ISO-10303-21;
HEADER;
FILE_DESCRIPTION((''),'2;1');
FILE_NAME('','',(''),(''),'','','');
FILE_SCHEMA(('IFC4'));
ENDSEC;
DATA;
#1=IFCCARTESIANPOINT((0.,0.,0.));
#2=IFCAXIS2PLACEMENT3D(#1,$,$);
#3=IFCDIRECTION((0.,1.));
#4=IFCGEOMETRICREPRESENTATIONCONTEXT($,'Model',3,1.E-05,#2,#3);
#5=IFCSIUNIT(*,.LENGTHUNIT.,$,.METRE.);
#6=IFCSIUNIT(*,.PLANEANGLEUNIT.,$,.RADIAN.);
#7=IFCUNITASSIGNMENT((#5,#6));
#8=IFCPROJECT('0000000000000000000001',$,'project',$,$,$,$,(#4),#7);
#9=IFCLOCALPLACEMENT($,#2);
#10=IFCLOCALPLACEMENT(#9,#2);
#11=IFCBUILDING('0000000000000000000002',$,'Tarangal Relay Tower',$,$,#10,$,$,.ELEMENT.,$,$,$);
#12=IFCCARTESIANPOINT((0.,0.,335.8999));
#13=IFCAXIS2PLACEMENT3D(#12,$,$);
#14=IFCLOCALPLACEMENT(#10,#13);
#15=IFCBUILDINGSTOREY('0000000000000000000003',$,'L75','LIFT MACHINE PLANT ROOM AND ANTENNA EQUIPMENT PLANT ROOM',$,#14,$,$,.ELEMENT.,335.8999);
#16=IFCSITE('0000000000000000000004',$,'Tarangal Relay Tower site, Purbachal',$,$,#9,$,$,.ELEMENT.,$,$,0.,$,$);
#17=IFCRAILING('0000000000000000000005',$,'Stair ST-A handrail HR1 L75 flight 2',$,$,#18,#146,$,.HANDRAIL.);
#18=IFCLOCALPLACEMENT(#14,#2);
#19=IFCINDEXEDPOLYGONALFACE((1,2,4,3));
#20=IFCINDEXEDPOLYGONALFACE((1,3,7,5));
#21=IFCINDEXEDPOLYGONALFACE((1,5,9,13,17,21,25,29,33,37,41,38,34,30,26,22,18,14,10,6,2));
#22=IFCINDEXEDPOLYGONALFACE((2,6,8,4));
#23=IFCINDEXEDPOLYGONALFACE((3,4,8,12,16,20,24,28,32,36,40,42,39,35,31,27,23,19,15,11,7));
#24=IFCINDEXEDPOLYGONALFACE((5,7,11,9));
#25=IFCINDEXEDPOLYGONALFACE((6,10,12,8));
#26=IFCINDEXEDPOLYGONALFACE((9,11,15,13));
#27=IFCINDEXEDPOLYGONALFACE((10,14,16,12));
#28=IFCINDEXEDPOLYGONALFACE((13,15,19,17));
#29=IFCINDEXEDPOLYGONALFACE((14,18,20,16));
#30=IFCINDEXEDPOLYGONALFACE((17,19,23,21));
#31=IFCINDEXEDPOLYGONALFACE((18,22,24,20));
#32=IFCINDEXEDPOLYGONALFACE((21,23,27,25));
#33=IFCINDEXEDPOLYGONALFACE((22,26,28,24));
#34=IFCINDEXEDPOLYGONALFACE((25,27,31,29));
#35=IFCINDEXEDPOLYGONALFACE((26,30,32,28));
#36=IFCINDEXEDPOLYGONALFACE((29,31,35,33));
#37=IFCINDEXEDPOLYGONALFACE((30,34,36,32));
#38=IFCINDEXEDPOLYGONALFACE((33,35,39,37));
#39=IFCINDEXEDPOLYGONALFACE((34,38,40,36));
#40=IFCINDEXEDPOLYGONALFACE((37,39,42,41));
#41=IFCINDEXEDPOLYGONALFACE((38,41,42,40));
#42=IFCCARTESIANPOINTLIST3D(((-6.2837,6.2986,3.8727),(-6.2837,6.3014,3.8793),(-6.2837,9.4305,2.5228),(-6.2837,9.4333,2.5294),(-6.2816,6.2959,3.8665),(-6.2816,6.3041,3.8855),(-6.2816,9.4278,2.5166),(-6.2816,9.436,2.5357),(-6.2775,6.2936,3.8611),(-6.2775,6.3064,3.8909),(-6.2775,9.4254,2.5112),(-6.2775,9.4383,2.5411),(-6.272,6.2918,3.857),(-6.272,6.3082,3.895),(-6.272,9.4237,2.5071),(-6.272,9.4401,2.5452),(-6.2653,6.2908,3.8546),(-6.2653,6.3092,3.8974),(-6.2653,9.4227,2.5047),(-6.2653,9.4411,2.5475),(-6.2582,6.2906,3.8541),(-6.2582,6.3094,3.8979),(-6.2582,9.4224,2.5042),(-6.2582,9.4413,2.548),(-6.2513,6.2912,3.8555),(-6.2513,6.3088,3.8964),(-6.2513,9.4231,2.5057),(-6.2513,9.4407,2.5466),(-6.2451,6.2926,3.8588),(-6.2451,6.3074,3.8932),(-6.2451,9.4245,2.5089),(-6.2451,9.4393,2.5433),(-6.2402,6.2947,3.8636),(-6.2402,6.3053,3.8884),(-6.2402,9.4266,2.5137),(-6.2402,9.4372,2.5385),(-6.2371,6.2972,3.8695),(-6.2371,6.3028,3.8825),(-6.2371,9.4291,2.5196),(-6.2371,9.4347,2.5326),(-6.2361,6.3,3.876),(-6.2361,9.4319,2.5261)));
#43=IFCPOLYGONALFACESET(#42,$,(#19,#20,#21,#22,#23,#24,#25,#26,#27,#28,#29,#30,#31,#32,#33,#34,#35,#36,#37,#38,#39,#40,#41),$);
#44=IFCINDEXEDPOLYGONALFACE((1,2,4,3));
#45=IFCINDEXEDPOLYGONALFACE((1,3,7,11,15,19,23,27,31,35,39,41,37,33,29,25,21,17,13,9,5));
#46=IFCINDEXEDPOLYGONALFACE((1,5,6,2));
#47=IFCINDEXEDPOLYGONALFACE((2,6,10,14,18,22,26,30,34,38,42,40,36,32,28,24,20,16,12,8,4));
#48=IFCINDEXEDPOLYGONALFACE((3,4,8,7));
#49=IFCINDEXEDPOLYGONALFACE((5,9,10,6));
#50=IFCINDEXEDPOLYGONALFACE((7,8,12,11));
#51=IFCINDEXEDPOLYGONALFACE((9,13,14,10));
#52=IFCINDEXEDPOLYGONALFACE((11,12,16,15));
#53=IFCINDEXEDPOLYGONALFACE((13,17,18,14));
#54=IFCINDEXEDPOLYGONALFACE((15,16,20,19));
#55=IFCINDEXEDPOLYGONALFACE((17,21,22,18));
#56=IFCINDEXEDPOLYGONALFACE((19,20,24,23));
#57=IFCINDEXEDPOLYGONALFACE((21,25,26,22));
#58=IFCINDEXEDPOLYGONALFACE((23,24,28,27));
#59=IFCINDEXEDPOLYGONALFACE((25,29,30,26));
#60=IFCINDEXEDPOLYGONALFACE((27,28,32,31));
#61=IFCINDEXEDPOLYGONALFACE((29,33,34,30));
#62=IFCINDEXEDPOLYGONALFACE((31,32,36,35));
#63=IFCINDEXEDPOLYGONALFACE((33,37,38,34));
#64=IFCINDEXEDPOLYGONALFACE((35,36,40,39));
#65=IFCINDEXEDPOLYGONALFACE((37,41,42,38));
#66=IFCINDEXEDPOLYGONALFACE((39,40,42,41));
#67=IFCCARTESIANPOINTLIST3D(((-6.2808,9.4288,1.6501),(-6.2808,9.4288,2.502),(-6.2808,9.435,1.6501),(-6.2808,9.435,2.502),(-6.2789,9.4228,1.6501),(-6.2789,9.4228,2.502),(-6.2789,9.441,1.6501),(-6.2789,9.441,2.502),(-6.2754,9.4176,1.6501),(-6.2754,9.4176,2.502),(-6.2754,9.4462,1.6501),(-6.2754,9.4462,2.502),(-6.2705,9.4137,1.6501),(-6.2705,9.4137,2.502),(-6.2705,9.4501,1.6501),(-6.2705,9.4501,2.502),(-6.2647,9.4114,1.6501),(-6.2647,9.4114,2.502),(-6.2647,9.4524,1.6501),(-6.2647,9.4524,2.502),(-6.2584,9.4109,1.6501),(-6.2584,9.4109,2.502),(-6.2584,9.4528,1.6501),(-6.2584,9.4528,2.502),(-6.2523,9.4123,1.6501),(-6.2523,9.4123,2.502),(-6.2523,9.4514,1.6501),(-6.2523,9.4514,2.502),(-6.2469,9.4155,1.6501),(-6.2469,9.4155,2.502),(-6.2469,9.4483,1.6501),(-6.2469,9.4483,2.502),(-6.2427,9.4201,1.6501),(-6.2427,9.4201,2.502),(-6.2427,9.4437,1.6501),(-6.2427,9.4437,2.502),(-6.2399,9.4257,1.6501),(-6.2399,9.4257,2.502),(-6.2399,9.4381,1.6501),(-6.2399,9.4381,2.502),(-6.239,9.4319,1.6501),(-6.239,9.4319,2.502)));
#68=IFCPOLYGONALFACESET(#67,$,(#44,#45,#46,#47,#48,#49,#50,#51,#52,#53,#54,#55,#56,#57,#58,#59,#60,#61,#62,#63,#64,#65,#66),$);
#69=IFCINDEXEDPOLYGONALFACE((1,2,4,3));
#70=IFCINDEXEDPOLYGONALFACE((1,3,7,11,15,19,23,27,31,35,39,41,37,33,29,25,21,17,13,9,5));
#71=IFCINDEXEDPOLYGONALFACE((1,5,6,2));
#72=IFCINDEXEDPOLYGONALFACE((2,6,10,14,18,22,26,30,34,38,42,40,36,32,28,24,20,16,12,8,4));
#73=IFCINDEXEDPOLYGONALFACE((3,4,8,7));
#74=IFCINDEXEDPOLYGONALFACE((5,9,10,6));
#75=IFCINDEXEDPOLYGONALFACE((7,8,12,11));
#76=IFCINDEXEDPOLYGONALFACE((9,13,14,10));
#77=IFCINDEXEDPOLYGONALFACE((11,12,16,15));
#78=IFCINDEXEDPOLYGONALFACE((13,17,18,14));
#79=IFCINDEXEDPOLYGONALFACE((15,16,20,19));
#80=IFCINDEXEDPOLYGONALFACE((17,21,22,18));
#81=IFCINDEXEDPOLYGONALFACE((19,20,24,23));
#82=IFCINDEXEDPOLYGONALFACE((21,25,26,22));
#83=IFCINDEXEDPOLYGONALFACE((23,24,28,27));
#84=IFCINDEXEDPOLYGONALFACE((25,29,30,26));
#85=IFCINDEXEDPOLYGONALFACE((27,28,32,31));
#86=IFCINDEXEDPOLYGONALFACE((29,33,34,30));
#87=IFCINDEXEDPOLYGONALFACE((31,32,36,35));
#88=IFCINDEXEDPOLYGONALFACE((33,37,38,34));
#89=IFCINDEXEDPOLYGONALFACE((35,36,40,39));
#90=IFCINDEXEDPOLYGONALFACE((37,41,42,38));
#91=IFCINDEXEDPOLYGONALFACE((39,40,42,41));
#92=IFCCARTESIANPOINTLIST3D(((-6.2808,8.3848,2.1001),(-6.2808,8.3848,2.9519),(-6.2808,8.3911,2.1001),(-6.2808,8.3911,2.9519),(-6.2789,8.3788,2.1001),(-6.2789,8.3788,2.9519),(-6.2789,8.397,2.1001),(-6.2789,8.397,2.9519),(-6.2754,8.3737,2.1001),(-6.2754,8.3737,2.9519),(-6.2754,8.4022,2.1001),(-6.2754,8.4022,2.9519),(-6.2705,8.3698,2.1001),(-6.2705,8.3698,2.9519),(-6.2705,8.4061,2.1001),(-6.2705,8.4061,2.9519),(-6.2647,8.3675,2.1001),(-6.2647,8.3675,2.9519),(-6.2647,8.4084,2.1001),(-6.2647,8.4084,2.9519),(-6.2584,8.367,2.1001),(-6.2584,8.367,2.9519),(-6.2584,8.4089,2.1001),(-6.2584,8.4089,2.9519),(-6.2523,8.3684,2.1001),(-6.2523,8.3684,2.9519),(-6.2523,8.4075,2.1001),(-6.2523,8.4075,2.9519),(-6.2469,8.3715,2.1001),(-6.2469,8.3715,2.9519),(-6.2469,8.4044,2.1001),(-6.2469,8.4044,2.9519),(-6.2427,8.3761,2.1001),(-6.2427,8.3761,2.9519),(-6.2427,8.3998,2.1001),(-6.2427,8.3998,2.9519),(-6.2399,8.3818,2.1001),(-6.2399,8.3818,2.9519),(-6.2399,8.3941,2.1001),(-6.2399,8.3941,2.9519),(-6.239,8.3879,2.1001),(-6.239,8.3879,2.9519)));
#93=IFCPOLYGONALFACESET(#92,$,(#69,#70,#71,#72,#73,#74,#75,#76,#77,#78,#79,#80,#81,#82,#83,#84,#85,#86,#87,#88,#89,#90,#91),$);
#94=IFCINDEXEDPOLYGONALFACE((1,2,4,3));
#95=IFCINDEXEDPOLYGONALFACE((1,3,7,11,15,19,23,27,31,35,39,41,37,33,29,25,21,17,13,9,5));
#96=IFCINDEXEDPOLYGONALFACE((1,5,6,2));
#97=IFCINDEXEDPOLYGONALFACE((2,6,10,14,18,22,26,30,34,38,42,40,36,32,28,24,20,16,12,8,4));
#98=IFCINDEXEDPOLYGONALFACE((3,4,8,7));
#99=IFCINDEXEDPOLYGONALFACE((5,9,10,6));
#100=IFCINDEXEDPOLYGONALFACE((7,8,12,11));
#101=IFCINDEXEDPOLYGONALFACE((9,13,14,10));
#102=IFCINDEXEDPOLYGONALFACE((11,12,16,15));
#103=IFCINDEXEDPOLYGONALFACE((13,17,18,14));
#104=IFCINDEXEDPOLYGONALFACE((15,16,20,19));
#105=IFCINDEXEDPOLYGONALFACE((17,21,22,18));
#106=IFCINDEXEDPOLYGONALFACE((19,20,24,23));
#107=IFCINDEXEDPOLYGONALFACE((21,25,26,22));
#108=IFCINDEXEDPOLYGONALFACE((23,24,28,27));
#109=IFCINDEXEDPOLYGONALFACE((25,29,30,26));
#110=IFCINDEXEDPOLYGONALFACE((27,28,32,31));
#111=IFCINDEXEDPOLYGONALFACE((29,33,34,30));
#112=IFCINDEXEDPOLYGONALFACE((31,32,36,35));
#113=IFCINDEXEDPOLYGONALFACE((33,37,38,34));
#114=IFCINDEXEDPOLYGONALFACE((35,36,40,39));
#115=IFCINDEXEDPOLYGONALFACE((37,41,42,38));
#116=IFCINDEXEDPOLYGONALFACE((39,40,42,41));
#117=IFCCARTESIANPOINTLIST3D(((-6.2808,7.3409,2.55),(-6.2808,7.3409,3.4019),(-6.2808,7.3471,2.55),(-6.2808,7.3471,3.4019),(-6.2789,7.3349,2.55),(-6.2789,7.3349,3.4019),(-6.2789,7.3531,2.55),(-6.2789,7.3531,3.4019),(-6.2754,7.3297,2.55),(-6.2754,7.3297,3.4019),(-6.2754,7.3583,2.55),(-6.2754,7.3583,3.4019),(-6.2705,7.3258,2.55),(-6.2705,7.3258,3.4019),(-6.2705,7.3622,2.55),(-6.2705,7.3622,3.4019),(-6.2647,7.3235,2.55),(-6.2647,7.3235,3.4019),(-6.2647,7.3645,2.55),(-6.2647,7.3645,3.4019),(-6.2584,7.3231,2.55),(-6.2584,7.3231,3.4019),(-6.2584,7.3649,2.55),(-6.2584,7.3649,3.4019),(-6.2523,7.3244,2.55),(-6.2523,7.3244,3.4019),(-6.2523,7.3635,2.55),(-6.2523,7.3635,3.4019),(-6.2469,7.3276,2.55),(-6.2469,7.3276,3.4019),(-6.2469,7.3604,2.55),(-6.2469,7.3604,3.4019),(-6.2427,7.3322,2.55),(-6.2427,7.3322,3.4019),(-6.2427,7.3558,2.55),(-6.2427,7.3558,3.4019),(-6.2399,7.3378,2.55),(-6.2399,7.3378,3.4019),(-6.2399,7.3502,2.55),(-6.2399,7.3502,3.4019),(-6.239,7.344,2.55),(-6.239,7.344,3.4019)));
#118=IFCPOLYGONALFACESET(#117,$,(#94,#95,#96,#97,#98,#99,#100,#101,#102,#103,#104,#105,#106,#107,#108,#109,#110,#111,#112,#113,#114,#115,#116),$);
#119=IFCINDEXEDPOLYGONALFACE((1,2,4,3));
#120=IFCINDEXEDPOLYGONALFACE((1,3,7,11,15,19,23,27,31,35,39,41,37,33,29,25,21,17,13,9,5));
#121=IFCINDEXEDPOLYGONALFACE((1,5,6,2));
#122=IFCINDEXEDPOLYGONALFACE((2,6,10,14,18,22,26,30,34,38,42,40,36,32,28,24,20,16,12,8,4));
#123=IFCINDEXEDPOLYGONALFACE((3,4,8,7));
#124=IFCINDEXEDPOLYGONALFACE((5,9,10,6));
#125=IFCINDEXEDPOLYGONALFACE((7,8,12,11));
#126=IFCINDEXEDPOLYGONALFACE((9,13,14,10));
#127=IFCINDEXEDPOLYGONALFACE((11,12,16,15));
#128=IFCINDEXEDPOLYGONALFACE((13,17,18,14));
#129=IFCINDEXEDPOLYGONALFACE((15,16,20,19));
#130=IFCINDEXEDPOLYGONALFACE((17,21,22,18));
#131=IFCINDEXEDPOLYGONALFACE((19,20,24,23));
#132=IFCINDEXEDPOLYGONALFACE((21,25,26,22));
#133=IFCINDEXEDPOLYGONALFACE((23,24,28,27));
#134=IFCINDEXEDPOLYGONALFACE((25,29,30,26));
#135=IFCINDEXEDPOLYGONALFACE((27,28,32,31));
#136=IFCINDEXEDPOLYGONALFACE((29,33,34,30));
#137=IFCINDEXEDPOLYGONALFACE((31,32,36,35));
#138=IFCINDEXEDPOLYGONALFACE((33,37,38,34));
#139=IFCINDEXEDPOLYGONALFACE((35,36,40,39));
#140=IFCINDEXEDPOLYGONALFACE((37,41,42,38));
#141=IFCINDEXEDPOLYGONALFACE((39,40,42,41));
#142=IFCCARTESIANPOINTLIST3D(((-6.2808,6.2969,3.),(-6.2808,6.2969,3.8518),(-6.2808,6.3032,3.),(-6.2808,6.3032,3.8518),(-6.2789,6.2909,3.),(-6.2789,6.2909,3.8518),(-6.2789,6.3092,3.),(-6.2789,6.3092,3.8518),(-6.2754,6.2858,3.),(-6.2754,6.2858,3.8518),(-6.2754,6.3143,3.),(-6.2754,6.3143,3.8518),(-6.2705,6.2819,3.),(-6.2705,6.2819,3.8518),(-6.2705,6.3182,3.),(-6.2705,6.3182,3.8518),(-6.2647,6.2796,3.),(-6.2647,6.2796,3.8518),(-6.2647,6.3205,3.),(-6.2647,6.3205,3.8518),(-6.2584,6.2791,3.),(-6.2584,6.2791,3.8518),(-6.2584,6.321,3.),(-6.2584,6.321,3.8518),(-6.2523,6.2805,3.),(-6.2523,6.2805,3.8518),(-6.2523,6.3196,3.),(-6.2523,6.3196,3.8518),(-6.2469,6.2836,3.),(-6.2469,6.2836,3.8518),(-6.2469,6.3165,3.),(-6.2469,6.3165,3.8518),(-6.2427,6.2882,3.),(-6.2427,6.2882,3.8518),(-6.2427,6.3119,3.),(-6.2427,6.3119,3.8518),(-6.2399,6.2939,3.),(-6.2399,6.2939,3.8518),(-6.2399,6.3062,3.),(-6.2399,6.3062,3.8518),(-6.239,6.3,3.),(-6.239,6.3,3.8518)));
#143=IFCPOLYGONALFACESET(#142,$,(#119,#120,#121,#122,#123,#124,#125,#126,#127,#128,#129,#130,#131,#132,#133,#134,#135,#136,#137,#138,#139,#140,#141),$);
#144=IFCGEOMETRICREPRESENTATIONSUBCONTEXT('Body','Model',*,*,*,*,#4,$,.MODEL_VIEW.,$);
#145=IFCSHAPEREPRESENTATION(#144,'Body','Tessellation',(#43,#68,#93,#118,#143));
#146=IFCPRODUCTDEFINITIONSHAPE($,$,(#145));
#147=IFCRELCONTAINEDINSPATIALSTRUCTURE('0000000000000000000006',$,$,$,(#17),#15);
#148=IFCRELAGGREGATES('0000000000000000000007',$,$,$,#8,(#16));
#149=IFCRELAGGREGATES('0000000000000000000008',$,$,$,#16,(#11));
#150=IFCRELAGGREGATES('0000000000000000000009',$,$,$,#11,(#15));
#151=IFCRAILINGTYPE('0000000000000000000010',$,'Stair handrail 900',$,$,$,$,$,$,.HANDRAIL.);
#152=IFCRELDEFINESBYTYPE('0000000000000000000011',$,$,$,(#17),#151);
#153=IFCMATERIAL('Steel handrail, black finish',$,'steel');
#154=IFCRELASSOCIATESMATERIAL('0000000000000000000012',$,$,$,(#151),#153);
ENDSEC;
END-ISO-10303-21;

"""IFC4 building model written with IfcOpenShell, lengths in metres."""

from ifc_helpers import new_model, si_unit, direction, frame, origin, origin_2d, place, context, subcontext, project, spatial, circle, extrude, material, type_object, element, save


model = new_model("IFC4")

# Units and contexts
model_context = context("Model", 3, precision=1e-05, world=origin(), true_north=direction((0.0, 1.0)))
body_context = subcontext(model_context, "Body", "Model", "MODEL_VIEW")
ifc_project = project(units=[si_unit("LENGTHUNIT", "METRE"), si_unit("PLANEANGLEUNIT", "RADIAN")], contexts=[model_context])

# Site, building, storey
site_placement = place(None, origin())
site = spatial("IfcSite", under=ifc_project, at=site_placement, Name="Tarangal Relay Tower site, Purbachal", CompositionType="ELEMENT", RefElevation=0.0)
building_placement = place(site_placement, origin())
building = spatial("IfcBuilding", under=site, at=building_placement, Name="Tarangal Relay Tower", CompositionType="ELEMENT")
storey_placement = place(building_placement, frame((0.0, 0.0, 335.8999)))
storey = spatial("IfcBuildingStorey", under=building, at=storey_placement, Name="L75", Description="LIFT MACHINE PLANT ROOM AND ANTENNA EQUIPMENT PLANT ROOM", CompositionType="ELEMENT", Elevation=335.8999)

# Railing
ifc_material_1 = material(Name="Steel handrail, black finish", Category="steel")
railing_type_1 = type_object("IfcRailingType", Name="Stair handrail 900", PredefinedType="HANDRAIL", material=ifc_material_1)
for number, where, name in (
    (1, (-6.26, 9.4319, 1.6501), "Stair ST-A handrail HR1 L75 flight 2"),
):
    element("IfcRailing", number, at=place(storey_placement, frame(where)), inside=storey, type_object=railing_type_1, Name=name, PredefinedType="HANDRAIL", context=body_context, shape_type="SweptSolid", body=[
        extrude(circle(Radius=0.0239, at=origin_2d()), frame((0.0, 0.0, 0.876), z_axis=(0.0, -0.918332, 0.395811), x_axis=(1.0, 0.0, 0.0)), (0.0, 0.0, 1.0), 3.4104),
        extrude(circle(Radius=0.021, at=origin_2d()), origin(), (0.0, 0.0, 1.0), 0.8518),
        extrude(circle(Radius=0.021, at=origin_2d()), frame((0.0, -1.0439, 0.45)), (0.0, 0.0, 1.0), 0.8518),
        extrude(circle(Radius=0.021, at=origin_2d()), frame((0.0, -2.0879, 0.8999)), (0.0, 0.0, 1.0), 0.8518),
        extrude(circle(Radius=0.021, at=origin_2d()), frame((0.0, -3.1318, 1.3499)), (0.0, 0.0, 1.0), 0.8518),
    ])

save(model, "model.ifc")
